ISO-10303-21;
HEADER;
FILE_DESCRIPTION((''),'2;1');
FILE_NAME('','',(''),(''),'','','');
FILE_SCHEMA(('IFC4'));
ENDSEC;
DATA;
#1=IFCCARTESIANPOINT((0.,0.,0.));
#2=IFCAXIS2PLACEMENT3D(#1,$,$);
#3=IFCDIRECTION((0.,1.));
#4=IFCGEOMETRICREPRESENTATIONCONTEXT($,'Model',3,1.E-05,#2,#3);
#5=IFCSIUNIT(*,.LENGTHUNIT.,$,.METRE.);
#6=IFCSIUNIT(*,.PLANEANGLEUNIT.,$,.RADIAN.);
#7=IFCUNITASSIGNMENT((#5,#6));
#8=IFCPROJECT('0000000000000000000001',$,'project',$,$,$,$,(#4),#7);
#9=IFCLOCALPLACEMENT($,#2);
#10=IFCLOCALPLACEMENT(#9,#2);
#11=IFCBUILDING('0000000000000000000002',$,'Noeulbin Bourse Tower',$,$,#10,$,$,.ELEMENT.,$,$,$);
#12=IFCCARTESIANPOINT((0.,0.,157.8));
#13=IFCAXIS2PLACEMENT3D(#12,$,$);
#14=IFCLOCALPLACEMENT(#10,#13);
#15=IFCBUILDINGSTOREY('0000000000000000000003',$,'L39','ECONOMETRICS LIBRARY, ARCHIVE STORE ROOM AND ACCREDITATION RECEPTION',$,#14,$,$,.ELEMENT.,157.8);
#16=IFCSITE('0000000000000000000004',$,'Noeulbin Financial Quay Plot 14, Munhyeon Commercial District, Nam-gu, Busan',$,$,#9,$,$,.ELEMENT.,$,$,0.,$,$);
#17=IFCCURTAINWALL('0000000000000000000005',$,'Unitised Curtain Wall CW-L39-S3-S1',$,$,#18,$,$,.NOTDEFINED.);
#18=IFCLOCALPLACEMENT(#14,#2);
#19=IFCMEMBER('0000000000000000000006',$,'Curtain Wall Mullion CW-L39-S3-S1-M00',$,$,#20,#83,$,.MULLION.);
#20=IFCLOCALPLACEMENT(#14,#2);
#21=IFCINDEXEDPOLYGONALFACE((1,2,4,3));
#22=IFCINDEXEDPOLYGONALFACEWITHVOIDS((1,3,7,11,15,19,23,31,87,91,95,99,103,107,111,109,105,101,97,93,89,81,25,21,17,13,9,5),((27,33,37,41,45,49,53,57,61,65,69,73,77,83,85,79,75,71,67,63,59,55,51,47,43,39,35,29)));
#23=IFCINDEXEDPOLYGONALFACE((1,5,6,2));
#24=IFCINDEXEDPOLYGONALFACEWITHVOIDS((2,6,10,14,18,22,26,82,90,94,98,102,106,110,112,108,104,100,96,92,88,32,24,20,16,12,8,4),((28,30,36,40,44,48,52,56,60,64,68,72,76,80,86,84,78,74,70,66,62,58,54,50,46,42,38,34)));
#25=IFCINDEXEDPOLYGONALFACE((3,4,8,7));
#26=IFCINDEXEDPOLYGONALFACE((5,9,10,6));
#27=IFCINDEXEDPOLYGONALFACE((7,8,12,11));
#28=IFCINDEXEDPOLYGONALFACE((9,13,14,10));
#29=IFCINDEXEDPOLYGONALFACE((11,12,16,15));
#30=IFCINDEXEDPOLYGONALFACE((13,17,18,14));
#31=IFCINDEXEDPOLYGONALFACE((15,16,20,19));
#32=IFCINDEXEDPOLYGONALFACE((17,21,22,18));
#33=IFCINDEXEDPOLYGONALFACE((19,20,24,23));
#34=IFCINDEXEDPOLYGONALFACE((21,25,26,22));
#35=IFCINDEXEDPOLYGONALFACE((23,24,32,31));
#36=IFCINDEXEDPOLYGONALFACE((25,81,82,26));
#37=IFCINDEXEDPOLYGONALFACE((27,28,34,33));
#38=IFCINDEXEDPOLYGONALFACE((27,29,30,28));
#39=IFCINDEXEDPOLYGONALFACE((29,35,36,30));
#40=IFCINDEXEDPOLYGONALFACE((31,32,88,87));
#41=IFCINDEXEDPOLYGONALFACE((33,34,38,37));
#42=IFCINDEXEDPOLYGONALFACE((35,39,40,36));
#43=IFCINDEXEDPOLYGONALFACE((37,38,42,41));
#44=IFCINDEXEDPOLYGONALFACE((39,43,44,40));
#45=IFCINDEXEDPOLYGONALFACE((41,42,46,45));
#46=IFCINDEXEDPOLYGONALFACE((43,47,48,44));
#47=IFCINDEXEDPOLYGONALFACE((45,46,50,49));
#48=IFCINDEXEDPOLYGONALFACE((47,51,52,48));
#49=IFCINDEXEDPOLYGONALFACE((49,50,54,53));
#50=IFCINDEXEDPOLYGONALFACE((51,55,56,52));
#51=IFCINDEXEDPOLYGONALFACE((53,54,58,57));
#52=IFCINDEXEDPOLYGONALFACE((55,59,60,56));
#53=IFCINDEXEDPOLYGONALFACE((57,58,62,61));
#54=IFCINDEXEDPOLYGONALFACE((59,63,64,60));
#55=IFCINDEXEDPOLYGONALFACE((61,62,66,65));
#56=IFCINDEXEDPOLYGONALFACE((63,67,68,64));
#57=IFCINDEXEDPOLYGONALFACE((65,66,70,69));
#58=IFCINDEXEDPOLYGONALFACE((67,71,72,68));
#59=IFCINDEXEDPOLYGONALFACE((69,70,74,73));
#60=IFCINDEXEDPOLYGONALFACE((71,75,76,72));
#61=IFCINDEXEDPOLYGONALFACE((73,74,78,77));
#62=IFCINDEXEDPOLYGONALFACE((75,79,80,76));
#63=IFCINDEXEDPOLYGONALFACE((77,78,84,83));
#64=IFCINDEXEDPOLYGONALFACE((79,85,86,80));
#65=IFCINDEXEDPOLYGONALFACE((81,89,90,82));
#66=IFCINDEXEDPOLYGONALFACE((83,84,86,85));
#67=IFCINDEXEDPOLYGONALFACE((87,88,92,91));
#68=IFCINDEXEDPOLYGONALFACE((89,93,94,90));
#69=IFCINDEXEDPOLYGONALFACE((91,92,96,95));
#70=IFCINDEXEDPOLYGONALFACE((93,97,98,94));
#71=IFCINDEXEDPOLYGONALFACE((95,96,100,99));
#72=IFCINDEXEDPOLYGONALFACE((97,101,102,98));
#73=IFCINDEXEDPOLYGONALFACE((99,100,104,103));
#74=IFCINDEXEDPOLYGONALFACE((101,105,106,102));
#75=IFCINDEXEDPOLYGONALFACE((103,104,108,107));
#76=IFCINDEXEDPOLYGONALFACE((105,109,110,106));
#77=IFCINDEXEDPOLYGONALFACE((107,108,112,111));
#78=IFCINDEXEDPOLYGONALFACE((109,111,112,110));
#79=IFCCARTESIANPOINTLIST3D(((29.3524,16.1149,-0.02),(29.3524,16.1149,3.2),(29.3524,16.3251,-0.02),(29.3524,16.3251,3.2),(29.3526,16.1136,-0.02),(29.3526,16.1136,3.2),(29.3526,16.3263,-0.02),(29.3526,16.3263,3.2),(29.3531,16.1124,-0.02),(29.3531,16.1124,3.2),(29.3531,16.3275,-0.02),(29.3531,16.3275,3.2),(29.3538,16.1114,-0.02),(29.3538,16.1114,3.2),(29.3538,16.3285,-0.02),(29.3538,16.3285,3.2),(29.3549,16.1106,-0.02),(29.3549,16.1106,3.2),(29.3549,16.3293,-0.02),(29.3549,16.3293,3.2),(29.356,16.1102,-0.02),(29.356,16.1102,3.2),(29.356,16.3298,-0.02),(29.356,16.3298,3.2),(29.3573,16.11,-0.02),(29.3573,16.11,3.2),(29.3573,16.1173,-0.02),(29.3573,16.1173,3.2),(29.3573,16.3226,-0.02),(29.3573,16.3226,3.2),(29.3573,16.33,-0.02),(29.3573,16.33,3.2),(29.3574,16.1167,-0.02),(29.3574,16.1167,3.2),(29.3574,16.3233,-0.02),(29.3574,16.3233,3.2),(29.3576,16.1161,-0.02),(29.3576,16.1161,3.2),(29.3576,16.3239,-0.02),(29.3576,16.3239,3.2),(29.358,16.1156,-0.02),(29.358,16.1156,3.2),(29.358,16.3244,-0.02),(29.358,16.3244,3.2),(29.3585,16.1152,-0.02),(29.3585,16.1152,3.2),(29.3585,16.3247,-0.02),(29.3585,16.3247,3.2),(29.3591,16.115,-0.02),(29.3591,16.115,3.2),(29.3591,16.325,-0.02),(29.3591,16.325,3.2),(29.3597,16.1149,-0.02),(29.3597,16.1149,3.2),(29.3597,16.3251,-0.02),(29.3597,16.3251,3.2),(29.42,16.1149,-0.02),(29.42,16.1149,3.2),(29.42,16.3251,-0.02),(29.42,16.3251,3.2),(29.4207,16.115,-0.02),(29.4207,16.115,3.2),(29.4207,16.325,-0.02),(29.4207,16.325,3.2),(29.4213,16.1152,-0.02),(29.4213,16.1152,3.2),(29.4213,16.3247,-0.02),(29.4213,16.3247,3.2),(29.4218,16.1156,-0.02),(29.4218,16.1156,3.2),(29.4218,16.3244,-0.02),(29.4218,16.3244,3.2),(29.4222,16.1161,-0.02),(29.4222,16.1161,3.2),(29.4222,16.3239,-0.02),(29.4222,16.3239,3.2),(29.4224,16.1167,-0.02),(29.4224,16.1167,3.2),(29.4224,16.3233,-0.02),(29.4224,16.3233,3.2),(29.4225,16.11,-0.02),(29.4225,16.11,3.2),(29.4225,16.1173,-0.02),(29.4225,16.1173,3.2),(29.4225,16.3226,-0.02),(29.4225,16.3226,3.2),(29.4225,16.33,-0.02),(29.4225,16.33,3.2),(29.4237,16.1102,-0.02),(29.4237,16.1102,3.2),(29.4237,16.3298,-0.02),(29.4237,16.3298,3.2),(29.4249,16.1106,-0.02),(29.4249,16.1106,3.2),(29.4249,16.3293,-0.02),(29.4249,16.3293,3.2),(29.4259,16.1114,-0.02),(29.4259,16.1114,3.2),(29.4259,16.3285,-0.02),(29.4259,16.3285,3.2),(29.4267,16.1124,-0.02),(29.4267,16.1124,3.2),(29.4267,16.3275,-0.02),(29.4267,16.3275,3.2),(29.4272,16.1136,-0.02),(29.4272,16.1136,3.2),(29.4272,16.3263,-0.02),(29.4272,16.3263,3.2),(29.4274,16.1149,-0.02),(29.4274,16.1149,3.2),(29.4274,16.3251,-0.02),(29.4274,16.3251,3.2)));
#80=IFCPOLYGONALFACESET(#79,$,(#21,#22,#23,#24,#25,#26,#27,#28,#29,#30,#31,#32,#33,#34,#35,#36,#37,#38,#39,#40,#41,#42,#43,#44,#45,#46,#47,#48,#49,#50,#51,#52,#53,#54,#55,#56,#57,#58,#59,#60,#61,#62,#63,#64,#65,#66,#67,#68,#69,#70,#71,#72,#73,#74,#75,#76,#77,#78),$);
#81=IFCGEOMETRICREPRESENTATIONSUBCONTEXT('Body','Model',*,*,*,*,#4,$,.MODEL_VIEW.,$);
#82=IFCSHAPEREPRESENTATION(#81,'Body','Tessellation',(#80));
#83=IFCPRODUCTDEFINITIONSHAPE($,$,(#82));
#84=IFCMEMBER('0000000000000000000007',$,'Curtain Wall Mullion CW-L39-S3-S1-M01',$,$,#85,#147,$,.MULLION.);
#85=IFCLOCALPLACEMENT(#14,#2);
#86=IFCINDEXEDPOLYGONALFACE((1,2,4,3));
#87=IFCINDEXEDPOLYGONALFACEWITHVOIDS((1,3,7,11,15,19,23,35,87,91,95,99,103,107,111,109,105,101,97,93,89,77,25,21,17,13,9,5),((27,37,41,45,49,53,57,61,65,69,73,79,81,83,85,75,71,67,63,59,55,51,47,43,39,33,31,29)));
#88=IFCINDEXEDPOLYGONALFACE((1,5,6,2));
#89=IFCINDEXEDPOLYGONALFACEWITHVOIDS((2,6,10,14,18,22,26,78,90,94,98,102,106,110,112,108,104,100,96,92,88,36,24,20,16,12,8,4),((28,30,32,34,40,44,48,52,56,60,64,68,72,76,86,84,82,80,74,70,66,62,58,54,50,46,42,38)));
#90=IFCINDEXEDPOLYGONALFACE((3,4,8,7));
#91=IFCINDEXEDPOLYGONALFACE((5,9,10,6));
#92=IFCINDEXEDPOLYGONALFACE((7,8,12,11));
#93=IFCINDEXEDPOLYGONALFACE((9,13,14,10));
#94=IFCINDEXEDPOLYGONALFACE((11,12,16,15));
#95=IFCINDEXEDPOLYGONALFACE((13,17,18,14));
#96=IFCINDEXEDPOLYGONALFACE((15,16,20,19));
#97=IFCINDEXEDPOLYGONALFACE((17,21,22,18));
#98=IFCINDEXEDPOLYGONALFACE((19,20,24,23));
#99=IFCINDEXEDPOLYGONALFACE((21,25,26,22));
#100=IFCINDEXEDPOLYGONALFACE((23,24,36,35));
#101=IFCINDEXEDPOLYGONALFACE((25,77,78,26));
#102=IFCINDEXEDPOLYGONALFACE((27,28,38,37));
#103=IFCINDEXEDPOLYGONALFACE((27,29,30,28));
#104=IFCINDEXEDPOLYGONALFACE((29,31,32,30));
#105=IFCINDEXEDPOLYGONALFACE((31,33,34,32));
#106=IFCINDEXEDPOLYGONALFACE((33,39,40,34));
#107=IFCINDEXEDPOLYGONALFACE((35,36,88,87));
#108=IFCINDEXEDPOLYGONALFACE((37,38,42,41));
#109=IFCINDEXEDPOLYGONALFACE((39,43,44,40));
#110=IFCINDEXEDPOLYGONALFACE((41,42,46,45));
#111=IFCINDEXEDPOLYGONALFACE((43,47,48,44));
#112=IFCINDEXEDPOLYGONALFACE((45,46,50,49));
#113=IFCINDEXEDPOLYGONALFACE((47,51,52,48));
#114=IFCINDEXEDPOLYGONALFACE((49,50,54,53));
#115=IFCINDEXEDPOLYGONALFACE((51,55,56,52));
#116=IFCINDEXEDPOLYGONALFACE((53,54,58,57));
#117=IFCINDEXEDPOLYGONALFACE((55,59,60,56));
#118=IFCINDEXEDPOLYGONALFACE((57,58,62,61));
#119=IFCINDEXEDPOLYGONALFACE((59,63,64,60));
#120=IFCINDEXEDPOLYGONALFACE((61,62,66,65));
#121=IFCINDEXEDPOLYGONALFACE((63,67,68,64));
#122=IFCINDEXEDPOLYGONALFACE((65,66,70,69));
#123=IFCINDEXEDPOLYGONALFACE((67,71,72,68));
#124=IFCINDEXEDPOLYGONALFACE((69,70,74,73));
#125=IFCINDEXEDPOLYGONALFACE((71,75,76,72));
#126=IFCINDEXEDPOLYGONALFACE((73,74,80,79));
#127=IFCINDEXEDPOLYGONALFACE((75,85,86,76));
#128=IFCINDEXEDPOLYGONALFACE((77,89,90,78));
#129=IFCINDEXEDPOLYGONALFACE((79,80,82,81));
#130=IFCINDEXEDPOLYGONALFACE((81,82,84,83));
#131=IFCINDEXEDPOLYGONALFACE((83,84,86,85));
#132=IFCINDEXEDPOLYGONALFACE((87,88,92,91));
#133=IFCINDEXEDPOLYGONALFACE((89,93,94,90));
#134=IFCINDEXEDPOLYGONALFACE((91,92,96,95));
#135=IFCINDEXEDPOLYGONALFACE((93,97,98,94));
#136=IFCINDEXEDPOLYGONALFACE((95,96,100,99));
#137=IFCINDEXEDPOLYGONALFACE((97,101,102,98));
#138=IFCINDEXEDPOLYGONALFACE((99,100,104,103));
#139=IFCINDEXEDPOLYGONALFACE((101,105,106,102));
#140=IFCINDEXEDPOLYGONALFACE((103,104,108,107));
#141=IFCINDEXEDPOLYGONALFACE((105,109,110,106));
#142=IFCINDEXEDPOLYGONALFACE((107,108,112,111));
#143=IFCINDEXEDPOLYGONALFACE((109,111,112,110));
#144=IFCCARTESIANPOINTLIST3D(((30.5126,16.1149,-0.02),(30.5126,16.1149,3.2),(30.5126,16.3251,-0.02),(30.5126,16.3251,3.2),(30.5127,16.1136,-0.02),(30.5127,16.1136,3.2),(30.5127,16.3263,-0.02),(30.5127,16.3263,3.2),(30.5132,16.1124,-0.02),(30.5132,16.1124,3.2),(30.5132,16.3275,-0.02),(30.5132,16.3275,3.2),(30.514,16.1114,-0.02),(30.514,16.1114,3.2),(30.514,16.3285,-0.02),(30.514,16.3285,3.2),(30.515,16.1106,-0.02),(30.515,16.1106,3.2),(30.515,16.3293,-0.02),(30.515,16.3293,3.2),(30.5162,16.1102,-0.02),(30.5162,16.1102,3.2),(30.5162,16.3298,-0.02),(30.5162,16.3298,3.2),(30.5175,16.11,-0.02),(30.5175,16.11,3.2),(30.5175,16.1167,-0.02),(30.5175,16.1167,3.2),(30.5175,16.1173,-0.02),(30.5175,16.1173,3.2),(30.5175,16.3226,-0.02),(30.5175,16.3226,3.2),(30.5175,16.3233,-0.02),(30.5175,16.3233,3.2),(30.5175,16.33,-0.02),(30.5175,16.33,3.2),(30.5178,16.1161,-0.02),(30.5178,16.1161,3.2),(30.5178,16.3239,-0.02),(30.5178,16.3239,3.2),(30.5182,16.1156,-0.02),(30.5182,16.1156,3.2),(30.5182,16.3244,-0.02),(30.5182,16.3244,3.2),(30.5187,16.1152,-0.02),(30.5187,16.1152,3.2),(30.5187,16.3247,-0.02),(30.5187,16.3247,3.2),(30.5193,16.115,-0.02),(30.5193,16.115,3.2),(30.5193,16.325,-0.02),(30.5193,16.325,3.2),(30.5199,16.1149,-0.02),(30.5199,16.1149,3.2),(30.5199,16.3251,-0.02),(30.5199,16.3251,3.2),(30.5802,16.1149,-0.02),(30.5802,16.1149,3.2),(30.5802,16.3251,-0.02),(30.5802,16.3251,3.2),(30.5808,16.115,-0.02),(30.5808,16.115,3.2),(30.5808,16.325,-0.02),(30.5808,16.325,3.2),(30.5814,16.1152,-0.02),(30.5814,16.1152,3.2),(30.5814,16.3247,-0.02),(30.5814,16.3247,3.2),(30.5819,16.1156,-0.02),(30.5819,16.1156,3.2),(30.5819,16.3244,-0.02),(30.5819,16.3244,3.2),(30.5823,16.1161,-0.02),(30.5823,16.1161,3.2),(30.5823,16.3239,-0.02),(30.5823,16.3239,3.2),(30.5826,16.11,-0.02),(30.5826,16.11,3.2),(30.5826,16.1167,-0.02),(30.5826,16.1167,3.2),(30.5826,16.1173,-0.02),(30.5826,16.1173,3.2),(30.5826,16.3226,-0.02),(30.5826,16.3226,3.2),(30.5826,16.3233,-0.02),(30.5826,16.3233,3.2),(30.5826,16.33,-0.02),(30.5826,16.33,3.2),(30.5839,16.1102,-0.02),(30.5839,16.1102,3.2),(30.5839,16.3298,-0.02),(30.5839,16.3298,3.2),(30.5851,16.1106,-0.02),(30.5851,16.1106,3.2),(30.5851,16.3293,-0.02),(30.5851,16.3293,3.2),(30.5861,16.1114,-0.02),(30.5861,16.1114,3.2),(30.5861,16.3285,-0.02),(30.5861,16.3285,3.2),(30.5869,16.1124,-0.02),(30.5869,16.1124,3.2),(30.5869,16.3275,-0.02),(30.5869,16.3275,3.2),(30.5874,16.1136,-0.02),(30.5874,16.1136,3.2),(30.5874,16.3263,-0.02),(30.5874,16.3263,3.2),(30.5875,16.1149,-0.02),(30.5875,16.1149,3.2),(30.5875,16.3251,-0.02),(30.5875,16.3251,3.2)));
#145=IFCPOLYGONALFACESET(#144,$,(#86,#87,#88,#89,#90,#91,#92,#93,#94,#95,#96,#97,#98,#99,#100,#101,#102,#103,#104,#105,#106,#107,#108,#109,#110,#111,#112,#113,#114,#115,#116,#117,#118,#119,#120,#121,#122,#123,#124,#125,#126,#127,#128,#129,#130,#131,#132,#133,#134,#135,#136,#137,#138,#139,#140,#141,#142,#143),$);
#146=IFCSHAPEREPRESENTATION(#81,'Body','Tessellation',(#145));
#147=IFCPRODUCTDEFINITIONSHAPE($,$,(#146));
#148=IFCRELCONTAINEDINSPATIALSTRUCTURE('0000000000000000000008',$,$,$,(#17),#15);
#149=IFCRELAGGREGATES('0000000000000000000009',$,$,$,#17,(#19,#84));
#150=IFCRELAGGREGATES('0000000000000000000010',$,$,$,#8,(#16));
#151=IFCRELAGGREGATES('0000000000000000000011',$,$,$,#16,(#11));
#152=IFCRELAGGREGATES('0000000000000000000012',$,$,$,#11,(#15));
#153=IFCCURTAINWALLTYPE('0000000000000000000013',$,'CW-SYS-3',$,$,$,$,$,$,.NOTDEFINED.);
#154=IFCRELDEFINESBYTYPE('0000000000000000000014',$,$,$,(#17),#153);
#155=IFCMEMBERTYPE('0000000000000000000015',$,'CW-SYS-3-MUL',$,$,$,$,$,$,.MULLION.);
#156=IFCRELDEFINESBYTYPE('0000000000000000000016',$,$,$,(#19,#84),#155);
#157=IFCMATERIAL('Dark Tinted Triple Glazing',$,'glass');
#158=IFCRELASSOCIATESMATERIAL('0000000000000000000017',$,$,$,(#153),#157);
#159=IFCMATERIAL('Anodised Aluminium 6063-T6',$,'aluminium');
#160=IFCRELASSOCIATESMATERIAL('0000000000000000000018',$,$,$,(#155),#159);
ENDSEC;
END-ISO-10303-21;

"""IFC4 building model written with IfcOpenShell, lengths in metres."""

from ifc_helpers import new_model, si_unit, direction, frame, origin, origin_2d, place, context, subcontext, project, spatial, hollow_rectangle, extrude, material, material_profile, profile_set, type_object, element, aggregate, save


model = new_model("IFC4")

# Units and contexts
model_context = context("Model", 3, precision=1e-05, world=origin(), true_north=direction((0.0, 1.0)))
body_context = subcontext(model_context, "Body", "Model", "MODEL_VIEW")
ifc_project = project(units=[si_unit("LENGTHUNIT", "METRE"), si_unit("PLANEANGLEUNIT", "RADIAN")], contexts=[model_context])

# Site, building, storey
site_placement = place(None, origin())
site = spatial("IfcSite", under=ifc_project, at=site_placement, Name="Noeulbin Financial Quay Plot 14, Munhyeon Commercial District, Nam-gu, Busan", CompositionType="ELEMENT", RefElevation=0.0)
building_placement = place(site_placement, origin())
building = spatial("IfcBuilding", under=site, at=building_placement, Name="Noeulbin Bourse Tower", CompositionType="ELEMENT")
storey_placement = place(building_placement, frame((0.0, 0.0, 157.8)))
storey = spatial("IfcBuildingStorey", under=building, at=storey_placement, Name="L39", Description="ECONOMETRICS LIBRARY, ARCHIVE STORE ROOM AND ACCREDITATION RECEPTION", CompositionType="ELEMENT", Elevation=157.8)

# Curtain wall, members
ifc_material_1 = material(Name="Dark Tinted Triple Glazing", Category="glass")
curtain_wall_type = type_object("IfcCurtainWallType", Name="CW-SYS-3", PredefinedType="NOTDEFINED", material=ifc_material_1)
curtain_wall_1_placement = place(storey_placement, origin())
curtain_wall_1 = element("IfcCurtainWall", 1, at=curtain_wall_1_placement, inside=storey, type_object=curtain_wall_type, Name="Unitised Curtain Wall CW-L39-S3-S1", PredefinedType="NOTDEFINED")
ifc_material_2 = material(Name="Anodised Aluminium 6063-T6", Category="aluminium")
ifc_material_profile_1 = material_profile(ifc_material_2, hollow_rectangle(XDim=0.075, YDim=0.22, WallThickness=0.0049, InnerFilletRadius=0.0024, OuterFilletRadius=0.0049, at=origin_2d()), Name="ALU-MULL-75x220x5", Category="LoadBearing")
ifc_profile_set_1 = profile_set([ifc_material_profile_1], Name="Anodised Aluminium 6063-T6")
member_type_1 = type_object("IfcMemberType", Name="CW-SYS-3-MUL", PredefinedType="MULLION", material=ifc_profile_set_1)
member_1_placement = place(storey_placement, frame((29.3899, 16.22, -0.02), z_axis=(0.0, 0.0, 1.0), x_axis=(1.0, 0.0, 0.0)))
member_1 = element("IfcMember", 2, at=member_1_placement, type_object=member_type_1, Name="Curtain Wall Mullion CW-L39-S3-S1-M00", PredefinedType="MULLION", context=body_context, shape_type="SweptSolid", body=[
    extrude(hollow_rectangle(XDim=0.075, YDim=0.22, WallThickness=0.0049, InnerFilletRadius=0.0024, OuterFilletRadius=0.0049, at=origin_2d()), origin(), (0.0, 0.0, 1.0), 3.22),
])
member_2_placement = place(storey_placement, frame((30.55, 16.22, -0.02), z_axis=(0.0, 0.0, 1.0), x_axis=(1.0, 0.0, 0.0)))
member_2 = element("IfcMember", 3, at=member_2_placement, type_object=member_type_1, Name="Curtain Wall Mullion CW-L39-S3-S1-M01", PredefinedType="MULLION", context=body_context, shape_type="SweptSolid", body=[
    extrude(hollow_rectangle(XDim=0.075, YDim=0.22, WallThickness=0.0049, InnerFilletRadius=0.0024, OuterFilletRadius=0.0049, at=origin_2d()), origin(), (0.0, 0.0, 1.0), 3.22),
])

aggregate(curtain_wall_1, [member_1, member_2])

save(model, "model.ifc")
